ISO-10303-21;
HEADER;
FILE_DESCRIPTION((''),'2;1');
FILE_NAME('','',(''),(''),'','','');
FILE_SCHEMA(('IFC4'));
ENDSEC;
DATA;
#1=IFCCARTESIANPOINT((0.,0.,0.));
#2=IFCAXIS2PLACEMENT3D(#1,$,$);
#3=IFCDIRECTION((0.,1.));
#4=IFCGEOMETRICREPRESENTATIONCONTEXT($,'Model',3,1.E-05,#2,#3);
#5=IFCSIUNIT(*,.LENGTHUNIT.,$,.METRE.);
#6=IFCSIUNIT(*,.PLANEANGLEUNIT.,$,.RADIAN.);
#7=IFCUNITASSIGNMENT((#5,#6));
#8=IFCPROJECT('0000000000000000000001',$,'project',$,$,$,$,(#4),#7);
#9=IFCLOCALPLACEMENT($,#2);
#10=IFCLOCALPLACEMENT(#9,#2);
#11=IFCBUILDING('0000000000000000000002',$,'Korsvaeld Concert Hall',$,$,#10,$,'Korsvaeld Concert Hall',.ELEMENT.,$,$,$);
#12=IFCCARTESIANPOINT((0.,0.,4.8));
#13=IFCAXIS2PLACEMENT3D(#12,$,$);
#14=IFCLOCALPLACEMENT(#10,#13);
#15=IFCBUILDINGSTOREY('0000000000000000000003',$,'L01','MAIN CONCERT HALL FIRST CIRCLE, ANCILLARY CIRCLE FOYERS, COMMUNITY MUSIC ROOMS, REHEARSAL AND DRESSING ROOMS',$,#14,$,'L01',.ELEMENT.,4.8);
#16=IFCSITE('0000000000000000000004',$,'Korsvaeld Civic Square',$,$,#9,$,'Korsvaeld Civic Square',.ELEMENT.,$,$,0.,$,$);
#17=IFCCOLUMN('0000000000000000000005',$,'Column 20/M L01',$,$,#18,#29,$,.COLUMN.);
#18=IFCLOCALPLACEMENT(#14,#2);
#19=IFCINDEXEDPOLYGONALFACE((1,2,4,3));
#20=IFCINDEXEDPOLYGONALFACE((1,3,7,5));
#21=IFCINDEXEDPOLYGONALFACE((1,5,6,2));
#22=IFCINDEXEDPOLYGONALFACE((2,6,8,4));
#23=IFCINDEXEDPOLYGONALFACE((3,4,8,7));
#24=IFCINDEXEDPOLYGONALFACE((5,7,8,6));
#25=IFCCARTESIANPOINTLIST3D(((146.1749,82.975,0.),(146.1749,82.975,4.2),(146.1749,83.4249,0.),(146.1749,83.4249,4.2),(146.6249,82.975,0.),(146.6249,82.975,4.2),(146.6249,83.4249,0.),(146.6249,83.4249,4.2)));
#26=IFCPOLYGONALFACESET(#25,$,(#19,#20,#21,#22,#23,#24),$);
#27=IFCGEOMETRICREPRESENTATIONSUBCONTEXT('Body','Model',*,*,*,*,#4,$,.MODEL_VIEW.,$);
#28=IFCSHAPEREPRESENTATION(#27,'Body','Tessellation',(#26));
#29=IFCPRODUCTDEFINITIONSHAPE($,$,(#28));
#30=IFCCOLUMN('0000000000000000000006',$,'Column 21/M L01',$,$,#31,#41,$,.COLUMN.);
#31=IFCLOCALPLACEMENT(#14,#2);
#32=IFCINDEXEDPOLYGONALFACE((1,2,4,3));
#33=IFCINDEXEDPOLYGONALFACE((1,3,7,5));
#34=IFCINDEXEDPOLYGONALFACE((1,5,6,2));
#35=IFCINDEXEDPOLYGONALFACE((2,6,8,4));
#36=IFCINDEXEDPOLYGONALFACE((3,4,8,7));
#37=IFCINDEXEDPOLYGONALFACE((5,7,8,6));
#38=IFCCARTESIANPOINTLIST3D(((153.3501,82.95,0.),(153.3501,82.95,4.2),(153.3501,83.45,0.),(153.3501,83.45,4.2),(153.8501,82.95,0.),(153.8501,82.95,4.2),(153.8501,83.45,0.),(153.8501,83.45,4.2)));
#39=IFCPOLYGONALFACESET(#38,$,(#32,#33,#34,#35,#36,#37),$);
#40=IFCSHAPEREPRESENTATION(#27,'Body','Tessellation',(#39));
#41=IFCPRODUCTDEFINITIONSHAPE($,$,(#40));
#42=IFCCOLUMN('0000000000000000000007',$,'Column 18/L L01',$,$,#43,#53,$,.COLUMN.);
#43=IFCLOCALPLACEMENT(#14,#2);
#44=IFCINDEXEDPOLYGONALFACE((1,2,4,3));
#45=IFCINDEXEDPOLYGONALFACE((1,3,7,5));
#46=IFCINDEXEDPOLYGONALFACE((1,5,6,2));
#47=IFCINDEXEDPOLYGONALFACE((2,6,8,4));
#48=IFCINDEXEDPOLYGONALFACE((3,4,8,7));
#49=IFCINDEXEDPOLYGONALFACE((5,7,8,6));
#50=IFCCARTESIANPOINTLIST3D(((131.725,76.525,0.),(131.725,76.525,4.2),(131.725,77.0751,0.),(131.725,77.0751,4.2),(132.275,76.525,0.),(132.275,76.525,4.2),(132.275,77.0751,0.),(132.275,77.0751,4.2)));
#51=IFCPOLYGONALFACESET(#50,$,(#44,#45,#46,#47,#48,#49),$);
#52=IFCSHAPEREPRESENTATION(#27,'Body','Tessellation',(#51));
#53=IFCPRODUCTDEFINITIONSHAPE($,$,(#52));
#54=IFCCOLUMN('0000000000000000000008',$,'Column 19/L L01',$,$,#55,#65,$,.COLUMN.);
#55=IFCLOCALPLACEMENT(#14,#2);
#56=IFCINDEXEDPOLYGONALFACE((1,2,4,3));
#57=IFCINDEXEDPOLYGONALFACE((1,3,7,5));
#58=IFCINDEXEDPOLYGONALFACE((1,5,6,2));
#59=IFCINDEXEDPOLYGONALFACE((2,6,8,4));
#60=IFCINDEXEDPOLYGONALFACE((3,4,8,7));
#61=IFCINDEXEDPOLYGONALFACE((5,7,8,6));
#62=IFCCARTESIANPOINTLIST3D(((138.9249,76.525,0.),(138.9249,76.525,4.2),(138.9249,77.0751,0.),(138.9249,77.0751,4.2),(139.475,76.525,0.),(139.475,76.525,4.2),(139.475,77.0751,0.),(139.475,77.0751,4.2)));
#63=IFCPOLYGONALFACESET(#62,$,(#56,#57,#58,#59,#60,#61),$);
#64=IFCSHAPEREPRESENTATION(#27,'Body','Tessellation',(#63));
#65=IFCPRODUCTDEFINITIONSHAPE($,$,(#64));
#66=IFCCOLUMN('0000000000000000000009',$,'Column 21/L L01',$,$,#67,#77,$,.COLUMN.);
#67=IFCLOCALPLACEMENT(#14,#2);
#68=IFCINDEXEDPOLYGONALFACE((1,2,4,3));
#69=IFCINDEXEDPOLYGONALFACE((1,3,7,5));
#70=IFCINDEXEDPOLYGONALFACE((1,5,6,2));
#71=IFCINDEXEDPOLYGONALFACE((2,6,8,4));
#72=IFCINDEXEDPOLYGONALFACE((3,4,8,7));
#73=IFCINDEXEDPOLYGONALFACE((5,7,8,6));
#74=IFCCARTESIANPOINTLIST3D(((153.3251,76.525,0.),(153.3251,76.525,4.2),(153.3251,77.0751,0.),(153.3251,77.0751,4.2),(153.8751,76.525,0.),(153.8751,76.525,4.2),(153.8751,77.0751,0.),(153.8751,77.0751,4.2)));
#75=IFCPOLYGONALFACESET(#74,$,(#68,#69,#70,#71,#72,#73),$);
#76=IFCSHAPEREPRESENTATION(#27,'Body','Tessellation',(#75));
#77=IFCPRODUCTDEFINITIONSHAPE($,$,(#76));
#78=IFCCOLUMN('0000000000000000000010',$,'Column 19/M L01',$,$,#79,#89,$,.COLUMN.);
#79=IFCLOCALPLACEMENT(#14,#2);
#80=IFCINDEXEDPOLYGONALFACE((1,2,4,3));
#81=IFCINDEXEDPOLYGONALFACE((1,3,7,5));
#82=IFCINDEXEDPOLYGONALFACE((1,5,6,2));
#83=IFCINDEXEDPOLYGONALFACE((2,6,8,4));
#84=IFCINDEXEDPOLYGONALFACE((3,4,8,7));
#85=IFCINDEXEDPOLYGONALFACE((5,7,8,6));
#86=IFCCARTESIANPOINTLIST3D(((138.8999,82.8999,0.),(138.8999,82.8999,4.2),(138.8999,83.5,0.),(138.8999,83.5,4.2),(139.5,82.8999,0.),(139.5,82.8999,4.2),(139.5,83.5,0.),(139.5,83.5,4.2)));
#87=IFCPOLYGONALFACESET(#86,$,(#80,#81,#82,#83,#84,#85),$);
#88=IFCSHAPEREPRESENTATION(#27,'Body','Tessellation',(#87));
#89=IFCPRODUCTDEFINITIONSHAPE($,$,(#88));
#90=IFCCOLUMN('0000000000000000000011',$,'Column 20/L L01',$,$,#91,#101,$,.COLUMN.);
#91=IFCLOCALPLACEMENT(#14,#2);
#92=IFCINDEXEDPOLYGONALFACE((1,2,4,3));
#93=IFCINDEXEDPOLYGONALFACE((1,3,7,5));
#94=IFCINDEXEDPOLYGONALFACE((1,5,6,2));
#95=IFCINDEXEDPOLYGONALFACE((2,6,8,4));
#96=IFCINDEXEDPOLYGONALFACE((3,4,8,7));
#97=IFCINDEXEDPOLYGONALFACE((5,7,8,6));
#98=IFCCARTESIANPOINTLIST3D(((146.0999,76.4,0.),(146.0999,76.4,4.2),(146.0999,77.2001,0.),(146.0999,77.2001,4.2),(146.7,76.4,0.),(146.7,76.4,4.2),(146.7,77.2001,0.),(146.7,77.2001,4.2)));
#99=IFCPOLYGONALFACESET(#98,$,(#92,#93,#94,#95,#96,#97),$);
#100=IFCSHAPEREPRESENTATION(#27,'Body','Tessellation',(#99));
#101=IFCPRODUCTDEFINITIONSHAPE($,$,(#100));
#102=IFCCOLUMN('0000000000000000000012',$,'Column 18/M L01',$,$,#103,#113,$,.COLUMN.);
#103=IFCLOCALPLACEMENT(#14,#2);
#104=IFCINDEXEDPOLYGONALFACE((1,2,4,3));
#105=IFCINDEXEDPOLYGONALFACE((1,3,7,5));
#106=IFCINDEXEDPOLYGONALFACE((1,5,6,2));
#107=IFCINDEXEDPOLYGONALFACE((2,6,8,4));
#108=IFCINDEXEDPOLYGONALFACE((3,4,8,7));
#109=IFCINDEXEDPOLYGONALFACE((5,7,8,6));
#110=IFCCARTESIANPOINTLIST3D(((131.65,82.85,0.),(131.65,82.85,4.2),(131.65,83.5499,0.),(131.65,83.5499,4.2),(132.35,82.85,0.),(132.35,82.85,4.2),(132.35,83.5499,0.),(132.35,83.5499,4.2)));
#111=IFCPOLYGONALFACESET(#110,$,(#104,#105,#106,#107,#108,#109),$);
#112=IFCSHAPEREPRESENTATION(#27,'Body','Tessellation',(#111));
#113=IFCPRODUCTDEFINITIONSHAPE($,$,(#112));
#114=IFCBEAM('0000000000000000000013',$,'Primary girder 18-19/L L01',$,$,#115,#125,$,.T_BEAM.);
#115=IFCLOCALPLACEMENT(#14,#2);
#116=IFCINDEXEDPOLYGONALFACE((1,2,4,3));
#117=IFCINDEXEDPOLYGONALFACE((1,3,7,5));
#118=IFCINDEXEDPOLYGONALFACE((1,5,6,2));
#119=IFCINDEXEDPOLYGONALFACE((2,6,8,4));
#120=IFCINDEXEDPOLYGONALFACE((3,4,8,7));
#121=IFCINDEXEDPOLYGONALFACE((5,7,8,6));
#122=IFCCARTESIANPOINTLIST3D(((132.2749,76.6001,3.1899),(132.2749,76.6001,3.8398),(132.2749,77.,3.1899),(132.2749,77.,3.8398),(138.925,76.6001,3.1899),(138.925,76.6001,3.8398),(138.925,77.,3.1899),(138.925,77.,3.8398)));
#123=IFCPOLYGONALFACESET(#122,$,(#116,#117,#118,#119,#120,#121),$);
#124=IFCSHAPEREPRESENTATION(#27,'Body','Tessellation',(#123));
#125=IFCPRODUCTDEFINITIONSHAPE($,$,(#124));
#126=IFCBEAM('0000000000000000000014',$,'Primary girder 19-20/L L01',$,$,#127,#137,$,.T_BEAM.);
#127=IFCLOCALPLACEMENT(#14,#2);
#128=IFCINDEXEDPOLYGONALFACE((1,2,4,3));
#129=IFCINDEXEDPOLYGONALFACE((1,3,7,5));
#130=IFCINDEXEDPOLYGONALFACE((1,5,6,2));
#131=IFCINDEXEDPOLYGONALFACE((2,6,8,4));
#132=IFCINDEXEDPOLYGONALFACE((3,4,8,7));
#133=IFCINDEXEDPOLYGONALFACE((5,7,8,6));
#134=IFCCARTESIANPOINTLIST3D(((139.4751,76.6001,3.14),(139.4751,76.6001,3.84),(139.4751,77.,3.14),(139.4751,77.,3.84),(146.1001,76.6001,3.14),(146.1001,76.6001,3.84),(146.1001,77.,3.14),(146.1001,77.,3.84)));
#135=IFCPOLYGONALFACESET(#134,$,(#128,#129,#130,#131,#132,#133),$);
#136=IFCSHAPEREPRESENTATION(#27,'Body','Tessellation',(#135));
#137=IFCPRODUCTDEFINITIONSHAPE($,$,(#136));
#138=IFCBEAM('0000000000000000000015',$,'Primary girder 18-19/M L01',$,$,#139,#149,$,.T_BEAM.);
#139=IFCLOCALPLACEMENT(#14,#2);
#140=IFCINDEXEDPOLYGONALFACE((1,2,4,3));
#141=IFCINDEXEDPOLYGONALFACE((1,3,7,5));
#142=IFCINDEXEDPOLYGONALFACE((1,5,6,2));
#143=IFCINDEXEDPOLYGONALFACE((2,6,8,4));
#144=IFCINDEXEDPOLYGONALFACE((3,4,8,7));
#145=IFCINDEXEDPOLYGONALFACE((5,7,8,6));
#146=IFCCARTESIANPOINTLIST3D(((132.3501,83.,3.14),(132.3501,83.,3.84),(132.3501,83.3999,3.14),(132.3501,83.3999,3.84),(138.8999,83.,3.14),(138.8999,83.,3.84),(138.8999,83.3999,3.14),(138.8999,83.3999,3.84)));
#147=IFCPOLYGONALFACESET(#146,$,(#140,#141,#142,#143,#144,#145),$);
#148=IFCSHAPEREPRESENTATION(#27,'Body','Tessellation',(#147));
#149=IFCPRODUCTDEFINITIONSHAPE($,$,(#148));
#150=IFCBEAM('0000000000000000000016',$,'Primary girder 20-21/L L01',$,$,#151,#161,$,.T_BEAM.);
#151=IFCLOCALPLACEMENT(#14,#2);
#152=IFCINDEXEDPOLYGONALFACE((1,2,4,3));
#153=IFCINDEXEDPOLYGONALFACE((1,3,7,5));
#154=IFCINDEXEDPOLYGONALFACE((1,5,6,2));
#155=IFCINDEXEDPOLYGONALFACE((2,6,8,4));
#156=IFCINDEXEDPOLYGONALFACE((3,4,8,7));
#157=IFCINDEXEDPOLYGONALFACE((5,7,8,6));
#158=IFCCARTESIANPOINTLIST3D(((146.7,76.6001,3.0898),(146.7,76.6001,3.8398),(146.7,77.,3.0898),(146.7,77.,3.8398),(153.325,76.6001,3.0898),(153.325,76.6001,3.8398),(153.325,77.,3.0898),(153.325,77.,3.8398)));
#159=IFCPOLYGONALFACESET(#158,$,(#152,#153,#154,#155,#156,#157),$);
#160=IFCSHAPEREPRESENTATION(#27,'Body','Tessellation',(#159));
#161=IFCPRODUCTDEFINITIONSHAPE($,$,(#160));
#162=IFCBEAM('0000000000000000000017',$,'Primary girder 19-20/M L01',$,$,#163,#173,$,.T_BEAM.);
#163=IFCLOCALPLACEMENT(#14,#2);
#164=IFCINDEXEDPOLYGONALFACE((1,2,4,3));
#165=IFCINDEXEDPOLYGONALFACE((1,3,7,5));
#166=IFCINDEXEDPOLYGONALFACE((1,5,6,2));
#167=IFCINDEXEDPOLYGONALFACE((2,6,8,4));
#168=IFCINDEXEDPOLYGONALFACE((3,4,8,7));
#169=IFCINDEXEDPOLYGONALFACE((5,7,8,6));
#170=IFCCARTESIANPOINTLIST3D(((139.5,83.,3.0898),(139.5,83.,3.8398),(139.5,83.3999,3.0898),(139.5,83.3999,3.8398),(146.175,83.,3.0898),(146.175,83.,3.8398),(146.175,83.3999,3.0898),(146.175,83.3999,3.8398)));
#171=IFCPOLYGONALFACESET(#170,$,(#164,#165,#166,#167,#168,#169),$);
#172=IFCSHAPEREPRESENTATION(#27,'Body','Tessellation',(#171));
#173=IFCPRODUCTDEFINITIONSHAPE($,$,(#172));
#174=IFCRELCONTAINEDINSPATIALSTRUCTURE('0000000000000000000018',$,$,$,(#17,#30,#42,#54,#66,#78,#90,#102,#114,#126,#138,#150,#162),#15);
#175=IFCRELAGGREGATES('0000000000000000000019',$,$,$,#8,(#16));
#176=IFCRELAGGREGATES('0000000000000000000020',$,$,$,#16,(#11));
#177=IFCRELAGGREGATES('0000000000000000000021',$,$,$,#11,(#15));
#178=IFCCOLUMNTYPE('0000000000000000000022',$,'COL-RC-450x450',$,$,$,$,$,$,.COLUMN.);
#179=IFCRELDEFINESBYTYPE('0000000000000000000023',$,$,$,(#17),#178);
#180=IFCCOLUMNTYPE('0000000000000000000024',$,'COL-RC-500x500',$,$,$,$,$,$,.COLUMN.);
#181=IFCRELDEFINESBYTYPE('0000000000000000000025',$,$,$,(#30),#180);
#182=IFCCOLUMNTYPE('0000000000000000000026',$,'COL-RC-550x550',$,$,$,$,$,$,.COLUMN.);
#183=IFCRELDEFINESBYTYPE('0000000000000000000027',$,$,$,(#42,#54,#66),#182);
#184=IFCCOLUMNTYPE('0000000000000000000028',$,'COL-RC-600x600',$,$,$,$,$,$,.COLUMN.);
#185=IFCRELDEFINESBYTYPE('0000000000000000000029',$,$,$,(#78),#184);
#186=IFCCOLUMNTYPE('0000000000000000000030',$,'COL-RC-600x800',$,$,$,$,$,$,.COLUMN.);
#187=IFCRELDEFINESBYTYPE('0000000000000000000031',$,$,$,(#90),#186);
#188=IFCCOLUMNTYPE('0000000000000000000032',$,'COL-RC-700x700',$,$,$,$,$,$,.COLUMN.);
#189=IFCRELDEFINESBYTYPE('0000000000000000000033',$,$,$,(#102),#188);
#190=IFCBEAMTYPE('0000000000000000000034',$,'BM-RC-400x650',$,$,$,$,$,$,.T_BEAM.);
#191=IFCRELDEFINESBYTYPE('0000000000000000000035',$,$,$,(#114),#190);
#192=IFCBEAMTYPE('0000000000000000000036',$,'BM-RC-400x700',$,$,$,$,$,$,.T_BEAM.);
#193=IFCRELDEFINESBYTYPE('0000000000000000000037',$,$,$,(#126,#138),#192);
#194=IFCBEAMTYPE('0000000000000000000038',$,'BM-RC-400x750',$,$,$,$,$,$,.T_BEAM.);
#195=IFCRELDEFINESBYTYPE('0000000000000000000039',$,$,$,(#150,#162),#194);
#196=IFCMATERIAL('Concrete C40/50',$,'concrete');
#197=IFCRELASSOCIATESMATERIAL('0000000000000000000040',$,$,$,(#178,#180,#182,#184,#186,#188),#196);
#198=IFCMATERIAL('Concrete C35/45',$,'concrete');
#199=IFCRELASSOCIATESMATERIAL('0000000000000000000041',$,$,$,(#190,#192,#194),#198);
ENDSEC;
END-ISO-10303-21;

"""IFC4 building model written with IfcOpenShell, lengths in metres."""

from ifc_helpers import new_model, si_unit, direction, frame, origin, origin_2d, place, context, subcontext, project, spatial, rectangle, extrude, material, material_profile, profile_set, type_object, element, save


model = new_model("IFC4")

# Units and contexts
model_context = context("Model", 3, precision=1e-05, world=origin(), true_north=direction((0.0, 1.0)))
body_context = subcontext(model_context, "Body", "Model", "MODEL_VIEW")
ifc_project = project(units=[si_unit("LENGTHUNIT", "METRE"), si_unit("PLANEANGLEUNIT", "RADIAN")], contexts=[model_context])

# Site, building, storey
site_placement = place(None, origin())
site = spatial("IfcSite", under=ifc_project, at=site_placement, Name="Korsvaeld Civic Square", LongName="Korsvaeld Civic Square", CompositionType="ELEMENT", RefElevation=0.0)
building_placement = place(site_placement, origin())
building = spatial("IfcBuilding", under=site, at=building_placement, Name="Korsvaeld Concert Hall", LongName="Korsvaeld Concert Hall", CompositionType="ELEMENT")
storey_placement = place(building_placement, frame((0.0, 0.0, 4.8)))
storey = spatial("IfcBuildingStorey", under=building, at=storey_placement, Name="L01", Description="MAIN CONCERT HALL FIRST CIRCLE, ANCILLARY CIRCLE FOYERS, COMMUNITY MUSIC ROOMS, REHEARSAL AND DRESSING ROOMS", LongName="L01", CompositionType="ELEMENT", Elevation=4.8)

# Columns
ifc_material_1 = material(Name="Concrete C40/50", Category="concrete")
ifc_material_profile_1 = material_profile(ifc_material_1, rectangle(XDim=0.45, YDim=0.45, at=origin_2d()), Name="RC 450x450")
ifc_profile_set_1 = profile_set([ifc_material_profile_1], Name="Concrete C40/50")
column_type_1 = type_object("IfcColumnType", Name="COL-RC-450x450", PredefinedType="COLUMN", material=ifc_profile_set_1)
column_1_placement = place(storey_placement, frame((146.3999, 83.2, 0.0), z_axis=(0.0, 0.0, 1.0), x_axis=(1.0, 0.0, 0.0)))
element("IfcColumn", 1, at=column_1_placement, inside=storey, type_object=column_type_1, Name="Column 20/M L01", PredefinedType="COLUMN", context=body_context, shape_type="SweptSolid", body=[
    extrude(rectangle(XDim=0.45, YDim=0.45, at=origin_2d()), origin(), (0.0, 0.0, 1.0), 4.2),
])
ifc_material_profile_2 = material_profile(ifc_material_1, rectangle(XDim=0.5, YDim=0.5, at=origin_2d()), Name="RC 500x500")
ifc_profile_set_2 = profile_set([ifc_material_profile_2], Name="Concrete C40/50")
column_type_2 = type_object("IfcColumnType", Name="COL-RC-500x500", PredefinedType="COLUMN", material=ifc_profile_set_2)
column_2_placement = place(storey_placement, frame((153.6001, 83.2, 0.0), z_axis=(0.0, 0.0, 1.0), x_axis=(1.0, 0.0, 0.0)))
element("IfcColumn", 2, at=column_2_placement, inside=storey, type_object=column_type_2, Name="Column 21/M L01", PredefinedType="COLUMN", context=body_context, shape_type="SweptSolid", body=[
    extrude(rectangle(XDim=0.5, YDim=0.5, at=origin_2d()), origin(), (0.0, 0.0, 1.0), 4.2),
])
ifc_material_profile_3 = material_profile(ifc_material_1, rectangle(XDim=0.55, YDim=0.55, at=origin_2d()), Name="RC 550x550")
ifc_profile_set_3 = profile_set([ifc_material_profile_3], Name="Concrete C40/50")
column_type_3 = type_object("IfcColumnType", Name="COL-RC-550x550", PredefinedType="COLUMN", material=ifc_profile_set_3)
for number, where, z_axis, x_axis, name in (
    (3, (132.0, 76.8, 0.0), (0.0, 0.0, 1.0), (1.0, 0.0, 0.0), "Column 18/L L01"),
    (4, (139.2, 76.8, 0.0), (0.0, 0.0, 1.0), (1.0, 0.0, 0.0), "Column 19/L L01"),
    (5, (153.6001, 76.8, 0.0), (0.0, 0.0, 1.0), (1.0, 0.0, 0.0), "Column 21/L L01"),
):
    element("IfcColumn", number, at=place(storey_placement, frame(where, z_axis=z_axis, x_axis=x_axis)), inside=storey, type_object=column_type_3, Name=name, PredefinedType="COLUMN", context=body_context, shape_type="SweptSolid", body=[
        extrude(rectangle(XDim=0.55, YDim=0.55, at=origin_2d()), origin(), (0.0, 0.0, 1.0), 4.2),
    ])
ifc_material_profile_4 = material_profile(ifc_material_1, rectangle(XDim=0.6001, YDim=0.6001, at=origin_2d()), Name="RC 600x600")
ifc_profile_set_4 = profile_set([ifc_material_profile_4], Name="Concrete C40/50")
column_type_4 = type_object("IfcColumnType", Name="COL-RC-600x600", PredefinedType="COLUMN", material=ifc_profile_set_4)
column_3_placement = place(storey_placement, frame((139.2, 83.2, 0.0), z_axis=(0.0, 0.0, 1.0), x_axis=(1.0, 0.0, 0.0)))
element("IfcColumn", 6, at=column_3_placement, inside=storey, type_object=column_type_4, Name="Column 19/M L01", PredefinedType="COLUMN", context=body_context, shape_type="SweptSolid", body=[
    extrude(rectangle(XDim=0.6001, YDim=0.6001, at=origin_2d()), origin(), (0.0, 0.0, 1.0), 4.2),
])
ifc_material_profile_5 = material_profile(ifc_material_1, rectangle(XDim=0.6001, YDim=0.8, at=origin_2d()), Name="RC 600x800")
ifc_profile_set_5 = profile_set([ifc_material_profile_5], Name="Concrete C40/50")
column_type_5 = type_object("IfcColumnType", Name="COL-RC-600x800", PredefinedType="COLUMN", material=ifc_profile_set_5)
column_4_placement = place(storey_placement, frame((146.3999, 76.8, 0.0), z_axis=(0.0, 0.0, 1.0), x_axis=(1.0, 0.0, 0.0)))
element("IfcColumn", 7, at=column_4_placement, inside=storey, type_object=column_type_5, Name="Column 20/L L01", PredefinedType="COLUMN", context=body_context, shape_type="SweptSolid", body=[
    extrude(rectangle(XDim=0.6001, YDim=0.8, at=origin_2d()), origin(), (0.0, 0.0, 1.0), 4.2),
])
ifc_material_profile_6 = material_profile(ifc_material_1, rectangle(XDim=0.7, YDim=0.7, at=origin_2d()), Name="RC 700x700")
ifc_profile_set_6 = profile_set([ifc_material_profile_6], Name="Concrete C40/50")
column_type_6 = type_object("IfcColumnType", Name="COL-RC-700x700", PredefinedType="COLUMN", material=ifc_profile_set_6)
column_5_placement = place(storey_placement, frame((132.0, 83.2, 0.0), z_axis=(0.0, 0.0, 1.0), x_axis=(1.0, 0.0, 0.0)))
element("IfcColumn", 8, at=column_5_placement, inside=storey, type_object=column_type_6, Name="Column 18/M L01", PredefinedType="COLUMN", context=body_context, shape_type="SweptSolid", body=[
    extrude(rectangle(XDim=0.7, YDim=0.7, at=origin_2d()), origin(), (0.0, 0.0, 1.0), 4.2),
])

# Beams
ifc_material_2 = material(Name="Concrete C35/45", Category="concrete")
ifc_material_profile_7 = material_profile(ifc_material_2, rectangle(XDim=0.3999, YDim=0.6499, at=origin_2d()), Name="RC 400x650")
ifc_profile_set_7 = profile_set([ifc_material_profile_7], Name="Concrete C35/45")
beam_type_1 = type_object("IfcBeamType", Name="BM-RC-400x650", PredefinedType="T_BEAM", material=ifc_profile_set_7)
beam_1_placement = place(storey_placement, frame((132.2749, 76.8, 3.5149), z_axis=(1.0, 0.0, 0.0), x_axis=(0.0, 1.0, 0.0)))
element("IfcBeam", 9, at=beam_1_placement, inside=storey, type_object=beam_type_1, Name="Primary girder 18-19/L L01", PredefinedType="T_BEAM", context=body_context, shape_type="SweptSolid", body=[
    extrude(rectangle(XDim=0.3999, YDim=0.6499, at=origin_2d()), origin(), (0.0, 0.0, 1.0), 6.6501),
])
ifc_material_profile_8 = material_profile(ifc_material_2, rectangle(XDim=0.3999, YDim=0.7, at=origin_2d()), Name="RC 400x700")
ifc_profile_set_8 = profile_set([ifc_material_profile_8], Name="Concrete C35/45")
beam_type_2 = type_object("IfcBeamType", Name="BM-RC-400x700", PredefinedType="T_BEAM", material=ifc_profile_set_8)
beam_2_placement = place(storey_placement, frame((139.4751, 76.8, 3.49), z_axis=(1.0, 0.0, 0.0), x_axis=(0.0, 1.0, 0.0)))
element("IfcBeam", 10, at=beam_2_placement, inside=storey, type_object=beam_type_2, Name="Primary girder 19-20/L L01", PredefinedType="T_BEAM", context=body_context, shape_type="SweptSolid", body=[
    extrude(rectangle(XDim=0.3999, YDim=0.7, at=origin_2d()), origin(), (0.0, 0.0, 1.0), 6.625),
])
beam_3_placement = place(storey_placement, frame((132.3501, 83.2, 3.49), z_axis=(1.0, 0.0, 0.0), x_axis=(0.0, 1.0, 0.0)))
element("IfcBeam", 11, at=beam_3_placement, inside=storey, type_object=beam_type_2, Name="Primary girder 18-19/M L01", PredefinedType="T_BEAM", context=body_context, shape_type="SweptSolid", body=[
    extrude(rectangle(XDim=0.3999, YDim=0.7, at=origin_2d()), origin(), (0.0, 0.0, 1.0), 6.5498),
])
ifc_material_profile_9 = material_profile(ifc_material_2, rectangle(XDim=0.3999, YDim=0.75, at=origin_2d()), Name="RC 400x750")
ifc_profile_set_9 = profile_set([ifc_material_profile_9], Name="Concrete C35/45")
beam_type_3 = type_object("IfcBeamType", Name="BM-RC-400x750", PredefinedType="T_BEAM", material=ifc_profile_set_9)
beam_4_placement = place(storey_placement, frame((146.7, 76.8, 3.4648), z_axis=(1.0, 0.0, 0.0), x_axis=(0.0, 1.0, 0.0)))
element("IfcBeam", 12, at=beam_4_placement, inside=storey, type_object=beam_type_3, Name="Primary girder 20-21/L L01", PredefinedType="T_BEAM", context=body_context, shape_type="SweptSolid", body=[
    extrude(rectangle(XDim=0.3999, YDim=0.75, at=origin_2d()), origin(), (0.0, 0.0, 1.0), 6.625),
])
beam_5_placement = place(storey_placement, frame((139.5, 83.2, 3.4648), z_axis=(1.0, 0.0, 0.0), x_axis=(0.0, 1.0, 0.0)))
element("IfcBeam", 13, at=beam_5_placement, inside=storey, type_object=beam_type_3, Name="Primary girder 19-20/M L01", PredefinedType="T_BEAM", context=body_context, shape_type="SweptSolid", body=[
    extrude(rectangle(XDim=0.3999, YDim=0.75, at=origin_2d()), origin(), (0.0, 0.0, 1.0), 6.675),
])

save(model, "model.ifc")
